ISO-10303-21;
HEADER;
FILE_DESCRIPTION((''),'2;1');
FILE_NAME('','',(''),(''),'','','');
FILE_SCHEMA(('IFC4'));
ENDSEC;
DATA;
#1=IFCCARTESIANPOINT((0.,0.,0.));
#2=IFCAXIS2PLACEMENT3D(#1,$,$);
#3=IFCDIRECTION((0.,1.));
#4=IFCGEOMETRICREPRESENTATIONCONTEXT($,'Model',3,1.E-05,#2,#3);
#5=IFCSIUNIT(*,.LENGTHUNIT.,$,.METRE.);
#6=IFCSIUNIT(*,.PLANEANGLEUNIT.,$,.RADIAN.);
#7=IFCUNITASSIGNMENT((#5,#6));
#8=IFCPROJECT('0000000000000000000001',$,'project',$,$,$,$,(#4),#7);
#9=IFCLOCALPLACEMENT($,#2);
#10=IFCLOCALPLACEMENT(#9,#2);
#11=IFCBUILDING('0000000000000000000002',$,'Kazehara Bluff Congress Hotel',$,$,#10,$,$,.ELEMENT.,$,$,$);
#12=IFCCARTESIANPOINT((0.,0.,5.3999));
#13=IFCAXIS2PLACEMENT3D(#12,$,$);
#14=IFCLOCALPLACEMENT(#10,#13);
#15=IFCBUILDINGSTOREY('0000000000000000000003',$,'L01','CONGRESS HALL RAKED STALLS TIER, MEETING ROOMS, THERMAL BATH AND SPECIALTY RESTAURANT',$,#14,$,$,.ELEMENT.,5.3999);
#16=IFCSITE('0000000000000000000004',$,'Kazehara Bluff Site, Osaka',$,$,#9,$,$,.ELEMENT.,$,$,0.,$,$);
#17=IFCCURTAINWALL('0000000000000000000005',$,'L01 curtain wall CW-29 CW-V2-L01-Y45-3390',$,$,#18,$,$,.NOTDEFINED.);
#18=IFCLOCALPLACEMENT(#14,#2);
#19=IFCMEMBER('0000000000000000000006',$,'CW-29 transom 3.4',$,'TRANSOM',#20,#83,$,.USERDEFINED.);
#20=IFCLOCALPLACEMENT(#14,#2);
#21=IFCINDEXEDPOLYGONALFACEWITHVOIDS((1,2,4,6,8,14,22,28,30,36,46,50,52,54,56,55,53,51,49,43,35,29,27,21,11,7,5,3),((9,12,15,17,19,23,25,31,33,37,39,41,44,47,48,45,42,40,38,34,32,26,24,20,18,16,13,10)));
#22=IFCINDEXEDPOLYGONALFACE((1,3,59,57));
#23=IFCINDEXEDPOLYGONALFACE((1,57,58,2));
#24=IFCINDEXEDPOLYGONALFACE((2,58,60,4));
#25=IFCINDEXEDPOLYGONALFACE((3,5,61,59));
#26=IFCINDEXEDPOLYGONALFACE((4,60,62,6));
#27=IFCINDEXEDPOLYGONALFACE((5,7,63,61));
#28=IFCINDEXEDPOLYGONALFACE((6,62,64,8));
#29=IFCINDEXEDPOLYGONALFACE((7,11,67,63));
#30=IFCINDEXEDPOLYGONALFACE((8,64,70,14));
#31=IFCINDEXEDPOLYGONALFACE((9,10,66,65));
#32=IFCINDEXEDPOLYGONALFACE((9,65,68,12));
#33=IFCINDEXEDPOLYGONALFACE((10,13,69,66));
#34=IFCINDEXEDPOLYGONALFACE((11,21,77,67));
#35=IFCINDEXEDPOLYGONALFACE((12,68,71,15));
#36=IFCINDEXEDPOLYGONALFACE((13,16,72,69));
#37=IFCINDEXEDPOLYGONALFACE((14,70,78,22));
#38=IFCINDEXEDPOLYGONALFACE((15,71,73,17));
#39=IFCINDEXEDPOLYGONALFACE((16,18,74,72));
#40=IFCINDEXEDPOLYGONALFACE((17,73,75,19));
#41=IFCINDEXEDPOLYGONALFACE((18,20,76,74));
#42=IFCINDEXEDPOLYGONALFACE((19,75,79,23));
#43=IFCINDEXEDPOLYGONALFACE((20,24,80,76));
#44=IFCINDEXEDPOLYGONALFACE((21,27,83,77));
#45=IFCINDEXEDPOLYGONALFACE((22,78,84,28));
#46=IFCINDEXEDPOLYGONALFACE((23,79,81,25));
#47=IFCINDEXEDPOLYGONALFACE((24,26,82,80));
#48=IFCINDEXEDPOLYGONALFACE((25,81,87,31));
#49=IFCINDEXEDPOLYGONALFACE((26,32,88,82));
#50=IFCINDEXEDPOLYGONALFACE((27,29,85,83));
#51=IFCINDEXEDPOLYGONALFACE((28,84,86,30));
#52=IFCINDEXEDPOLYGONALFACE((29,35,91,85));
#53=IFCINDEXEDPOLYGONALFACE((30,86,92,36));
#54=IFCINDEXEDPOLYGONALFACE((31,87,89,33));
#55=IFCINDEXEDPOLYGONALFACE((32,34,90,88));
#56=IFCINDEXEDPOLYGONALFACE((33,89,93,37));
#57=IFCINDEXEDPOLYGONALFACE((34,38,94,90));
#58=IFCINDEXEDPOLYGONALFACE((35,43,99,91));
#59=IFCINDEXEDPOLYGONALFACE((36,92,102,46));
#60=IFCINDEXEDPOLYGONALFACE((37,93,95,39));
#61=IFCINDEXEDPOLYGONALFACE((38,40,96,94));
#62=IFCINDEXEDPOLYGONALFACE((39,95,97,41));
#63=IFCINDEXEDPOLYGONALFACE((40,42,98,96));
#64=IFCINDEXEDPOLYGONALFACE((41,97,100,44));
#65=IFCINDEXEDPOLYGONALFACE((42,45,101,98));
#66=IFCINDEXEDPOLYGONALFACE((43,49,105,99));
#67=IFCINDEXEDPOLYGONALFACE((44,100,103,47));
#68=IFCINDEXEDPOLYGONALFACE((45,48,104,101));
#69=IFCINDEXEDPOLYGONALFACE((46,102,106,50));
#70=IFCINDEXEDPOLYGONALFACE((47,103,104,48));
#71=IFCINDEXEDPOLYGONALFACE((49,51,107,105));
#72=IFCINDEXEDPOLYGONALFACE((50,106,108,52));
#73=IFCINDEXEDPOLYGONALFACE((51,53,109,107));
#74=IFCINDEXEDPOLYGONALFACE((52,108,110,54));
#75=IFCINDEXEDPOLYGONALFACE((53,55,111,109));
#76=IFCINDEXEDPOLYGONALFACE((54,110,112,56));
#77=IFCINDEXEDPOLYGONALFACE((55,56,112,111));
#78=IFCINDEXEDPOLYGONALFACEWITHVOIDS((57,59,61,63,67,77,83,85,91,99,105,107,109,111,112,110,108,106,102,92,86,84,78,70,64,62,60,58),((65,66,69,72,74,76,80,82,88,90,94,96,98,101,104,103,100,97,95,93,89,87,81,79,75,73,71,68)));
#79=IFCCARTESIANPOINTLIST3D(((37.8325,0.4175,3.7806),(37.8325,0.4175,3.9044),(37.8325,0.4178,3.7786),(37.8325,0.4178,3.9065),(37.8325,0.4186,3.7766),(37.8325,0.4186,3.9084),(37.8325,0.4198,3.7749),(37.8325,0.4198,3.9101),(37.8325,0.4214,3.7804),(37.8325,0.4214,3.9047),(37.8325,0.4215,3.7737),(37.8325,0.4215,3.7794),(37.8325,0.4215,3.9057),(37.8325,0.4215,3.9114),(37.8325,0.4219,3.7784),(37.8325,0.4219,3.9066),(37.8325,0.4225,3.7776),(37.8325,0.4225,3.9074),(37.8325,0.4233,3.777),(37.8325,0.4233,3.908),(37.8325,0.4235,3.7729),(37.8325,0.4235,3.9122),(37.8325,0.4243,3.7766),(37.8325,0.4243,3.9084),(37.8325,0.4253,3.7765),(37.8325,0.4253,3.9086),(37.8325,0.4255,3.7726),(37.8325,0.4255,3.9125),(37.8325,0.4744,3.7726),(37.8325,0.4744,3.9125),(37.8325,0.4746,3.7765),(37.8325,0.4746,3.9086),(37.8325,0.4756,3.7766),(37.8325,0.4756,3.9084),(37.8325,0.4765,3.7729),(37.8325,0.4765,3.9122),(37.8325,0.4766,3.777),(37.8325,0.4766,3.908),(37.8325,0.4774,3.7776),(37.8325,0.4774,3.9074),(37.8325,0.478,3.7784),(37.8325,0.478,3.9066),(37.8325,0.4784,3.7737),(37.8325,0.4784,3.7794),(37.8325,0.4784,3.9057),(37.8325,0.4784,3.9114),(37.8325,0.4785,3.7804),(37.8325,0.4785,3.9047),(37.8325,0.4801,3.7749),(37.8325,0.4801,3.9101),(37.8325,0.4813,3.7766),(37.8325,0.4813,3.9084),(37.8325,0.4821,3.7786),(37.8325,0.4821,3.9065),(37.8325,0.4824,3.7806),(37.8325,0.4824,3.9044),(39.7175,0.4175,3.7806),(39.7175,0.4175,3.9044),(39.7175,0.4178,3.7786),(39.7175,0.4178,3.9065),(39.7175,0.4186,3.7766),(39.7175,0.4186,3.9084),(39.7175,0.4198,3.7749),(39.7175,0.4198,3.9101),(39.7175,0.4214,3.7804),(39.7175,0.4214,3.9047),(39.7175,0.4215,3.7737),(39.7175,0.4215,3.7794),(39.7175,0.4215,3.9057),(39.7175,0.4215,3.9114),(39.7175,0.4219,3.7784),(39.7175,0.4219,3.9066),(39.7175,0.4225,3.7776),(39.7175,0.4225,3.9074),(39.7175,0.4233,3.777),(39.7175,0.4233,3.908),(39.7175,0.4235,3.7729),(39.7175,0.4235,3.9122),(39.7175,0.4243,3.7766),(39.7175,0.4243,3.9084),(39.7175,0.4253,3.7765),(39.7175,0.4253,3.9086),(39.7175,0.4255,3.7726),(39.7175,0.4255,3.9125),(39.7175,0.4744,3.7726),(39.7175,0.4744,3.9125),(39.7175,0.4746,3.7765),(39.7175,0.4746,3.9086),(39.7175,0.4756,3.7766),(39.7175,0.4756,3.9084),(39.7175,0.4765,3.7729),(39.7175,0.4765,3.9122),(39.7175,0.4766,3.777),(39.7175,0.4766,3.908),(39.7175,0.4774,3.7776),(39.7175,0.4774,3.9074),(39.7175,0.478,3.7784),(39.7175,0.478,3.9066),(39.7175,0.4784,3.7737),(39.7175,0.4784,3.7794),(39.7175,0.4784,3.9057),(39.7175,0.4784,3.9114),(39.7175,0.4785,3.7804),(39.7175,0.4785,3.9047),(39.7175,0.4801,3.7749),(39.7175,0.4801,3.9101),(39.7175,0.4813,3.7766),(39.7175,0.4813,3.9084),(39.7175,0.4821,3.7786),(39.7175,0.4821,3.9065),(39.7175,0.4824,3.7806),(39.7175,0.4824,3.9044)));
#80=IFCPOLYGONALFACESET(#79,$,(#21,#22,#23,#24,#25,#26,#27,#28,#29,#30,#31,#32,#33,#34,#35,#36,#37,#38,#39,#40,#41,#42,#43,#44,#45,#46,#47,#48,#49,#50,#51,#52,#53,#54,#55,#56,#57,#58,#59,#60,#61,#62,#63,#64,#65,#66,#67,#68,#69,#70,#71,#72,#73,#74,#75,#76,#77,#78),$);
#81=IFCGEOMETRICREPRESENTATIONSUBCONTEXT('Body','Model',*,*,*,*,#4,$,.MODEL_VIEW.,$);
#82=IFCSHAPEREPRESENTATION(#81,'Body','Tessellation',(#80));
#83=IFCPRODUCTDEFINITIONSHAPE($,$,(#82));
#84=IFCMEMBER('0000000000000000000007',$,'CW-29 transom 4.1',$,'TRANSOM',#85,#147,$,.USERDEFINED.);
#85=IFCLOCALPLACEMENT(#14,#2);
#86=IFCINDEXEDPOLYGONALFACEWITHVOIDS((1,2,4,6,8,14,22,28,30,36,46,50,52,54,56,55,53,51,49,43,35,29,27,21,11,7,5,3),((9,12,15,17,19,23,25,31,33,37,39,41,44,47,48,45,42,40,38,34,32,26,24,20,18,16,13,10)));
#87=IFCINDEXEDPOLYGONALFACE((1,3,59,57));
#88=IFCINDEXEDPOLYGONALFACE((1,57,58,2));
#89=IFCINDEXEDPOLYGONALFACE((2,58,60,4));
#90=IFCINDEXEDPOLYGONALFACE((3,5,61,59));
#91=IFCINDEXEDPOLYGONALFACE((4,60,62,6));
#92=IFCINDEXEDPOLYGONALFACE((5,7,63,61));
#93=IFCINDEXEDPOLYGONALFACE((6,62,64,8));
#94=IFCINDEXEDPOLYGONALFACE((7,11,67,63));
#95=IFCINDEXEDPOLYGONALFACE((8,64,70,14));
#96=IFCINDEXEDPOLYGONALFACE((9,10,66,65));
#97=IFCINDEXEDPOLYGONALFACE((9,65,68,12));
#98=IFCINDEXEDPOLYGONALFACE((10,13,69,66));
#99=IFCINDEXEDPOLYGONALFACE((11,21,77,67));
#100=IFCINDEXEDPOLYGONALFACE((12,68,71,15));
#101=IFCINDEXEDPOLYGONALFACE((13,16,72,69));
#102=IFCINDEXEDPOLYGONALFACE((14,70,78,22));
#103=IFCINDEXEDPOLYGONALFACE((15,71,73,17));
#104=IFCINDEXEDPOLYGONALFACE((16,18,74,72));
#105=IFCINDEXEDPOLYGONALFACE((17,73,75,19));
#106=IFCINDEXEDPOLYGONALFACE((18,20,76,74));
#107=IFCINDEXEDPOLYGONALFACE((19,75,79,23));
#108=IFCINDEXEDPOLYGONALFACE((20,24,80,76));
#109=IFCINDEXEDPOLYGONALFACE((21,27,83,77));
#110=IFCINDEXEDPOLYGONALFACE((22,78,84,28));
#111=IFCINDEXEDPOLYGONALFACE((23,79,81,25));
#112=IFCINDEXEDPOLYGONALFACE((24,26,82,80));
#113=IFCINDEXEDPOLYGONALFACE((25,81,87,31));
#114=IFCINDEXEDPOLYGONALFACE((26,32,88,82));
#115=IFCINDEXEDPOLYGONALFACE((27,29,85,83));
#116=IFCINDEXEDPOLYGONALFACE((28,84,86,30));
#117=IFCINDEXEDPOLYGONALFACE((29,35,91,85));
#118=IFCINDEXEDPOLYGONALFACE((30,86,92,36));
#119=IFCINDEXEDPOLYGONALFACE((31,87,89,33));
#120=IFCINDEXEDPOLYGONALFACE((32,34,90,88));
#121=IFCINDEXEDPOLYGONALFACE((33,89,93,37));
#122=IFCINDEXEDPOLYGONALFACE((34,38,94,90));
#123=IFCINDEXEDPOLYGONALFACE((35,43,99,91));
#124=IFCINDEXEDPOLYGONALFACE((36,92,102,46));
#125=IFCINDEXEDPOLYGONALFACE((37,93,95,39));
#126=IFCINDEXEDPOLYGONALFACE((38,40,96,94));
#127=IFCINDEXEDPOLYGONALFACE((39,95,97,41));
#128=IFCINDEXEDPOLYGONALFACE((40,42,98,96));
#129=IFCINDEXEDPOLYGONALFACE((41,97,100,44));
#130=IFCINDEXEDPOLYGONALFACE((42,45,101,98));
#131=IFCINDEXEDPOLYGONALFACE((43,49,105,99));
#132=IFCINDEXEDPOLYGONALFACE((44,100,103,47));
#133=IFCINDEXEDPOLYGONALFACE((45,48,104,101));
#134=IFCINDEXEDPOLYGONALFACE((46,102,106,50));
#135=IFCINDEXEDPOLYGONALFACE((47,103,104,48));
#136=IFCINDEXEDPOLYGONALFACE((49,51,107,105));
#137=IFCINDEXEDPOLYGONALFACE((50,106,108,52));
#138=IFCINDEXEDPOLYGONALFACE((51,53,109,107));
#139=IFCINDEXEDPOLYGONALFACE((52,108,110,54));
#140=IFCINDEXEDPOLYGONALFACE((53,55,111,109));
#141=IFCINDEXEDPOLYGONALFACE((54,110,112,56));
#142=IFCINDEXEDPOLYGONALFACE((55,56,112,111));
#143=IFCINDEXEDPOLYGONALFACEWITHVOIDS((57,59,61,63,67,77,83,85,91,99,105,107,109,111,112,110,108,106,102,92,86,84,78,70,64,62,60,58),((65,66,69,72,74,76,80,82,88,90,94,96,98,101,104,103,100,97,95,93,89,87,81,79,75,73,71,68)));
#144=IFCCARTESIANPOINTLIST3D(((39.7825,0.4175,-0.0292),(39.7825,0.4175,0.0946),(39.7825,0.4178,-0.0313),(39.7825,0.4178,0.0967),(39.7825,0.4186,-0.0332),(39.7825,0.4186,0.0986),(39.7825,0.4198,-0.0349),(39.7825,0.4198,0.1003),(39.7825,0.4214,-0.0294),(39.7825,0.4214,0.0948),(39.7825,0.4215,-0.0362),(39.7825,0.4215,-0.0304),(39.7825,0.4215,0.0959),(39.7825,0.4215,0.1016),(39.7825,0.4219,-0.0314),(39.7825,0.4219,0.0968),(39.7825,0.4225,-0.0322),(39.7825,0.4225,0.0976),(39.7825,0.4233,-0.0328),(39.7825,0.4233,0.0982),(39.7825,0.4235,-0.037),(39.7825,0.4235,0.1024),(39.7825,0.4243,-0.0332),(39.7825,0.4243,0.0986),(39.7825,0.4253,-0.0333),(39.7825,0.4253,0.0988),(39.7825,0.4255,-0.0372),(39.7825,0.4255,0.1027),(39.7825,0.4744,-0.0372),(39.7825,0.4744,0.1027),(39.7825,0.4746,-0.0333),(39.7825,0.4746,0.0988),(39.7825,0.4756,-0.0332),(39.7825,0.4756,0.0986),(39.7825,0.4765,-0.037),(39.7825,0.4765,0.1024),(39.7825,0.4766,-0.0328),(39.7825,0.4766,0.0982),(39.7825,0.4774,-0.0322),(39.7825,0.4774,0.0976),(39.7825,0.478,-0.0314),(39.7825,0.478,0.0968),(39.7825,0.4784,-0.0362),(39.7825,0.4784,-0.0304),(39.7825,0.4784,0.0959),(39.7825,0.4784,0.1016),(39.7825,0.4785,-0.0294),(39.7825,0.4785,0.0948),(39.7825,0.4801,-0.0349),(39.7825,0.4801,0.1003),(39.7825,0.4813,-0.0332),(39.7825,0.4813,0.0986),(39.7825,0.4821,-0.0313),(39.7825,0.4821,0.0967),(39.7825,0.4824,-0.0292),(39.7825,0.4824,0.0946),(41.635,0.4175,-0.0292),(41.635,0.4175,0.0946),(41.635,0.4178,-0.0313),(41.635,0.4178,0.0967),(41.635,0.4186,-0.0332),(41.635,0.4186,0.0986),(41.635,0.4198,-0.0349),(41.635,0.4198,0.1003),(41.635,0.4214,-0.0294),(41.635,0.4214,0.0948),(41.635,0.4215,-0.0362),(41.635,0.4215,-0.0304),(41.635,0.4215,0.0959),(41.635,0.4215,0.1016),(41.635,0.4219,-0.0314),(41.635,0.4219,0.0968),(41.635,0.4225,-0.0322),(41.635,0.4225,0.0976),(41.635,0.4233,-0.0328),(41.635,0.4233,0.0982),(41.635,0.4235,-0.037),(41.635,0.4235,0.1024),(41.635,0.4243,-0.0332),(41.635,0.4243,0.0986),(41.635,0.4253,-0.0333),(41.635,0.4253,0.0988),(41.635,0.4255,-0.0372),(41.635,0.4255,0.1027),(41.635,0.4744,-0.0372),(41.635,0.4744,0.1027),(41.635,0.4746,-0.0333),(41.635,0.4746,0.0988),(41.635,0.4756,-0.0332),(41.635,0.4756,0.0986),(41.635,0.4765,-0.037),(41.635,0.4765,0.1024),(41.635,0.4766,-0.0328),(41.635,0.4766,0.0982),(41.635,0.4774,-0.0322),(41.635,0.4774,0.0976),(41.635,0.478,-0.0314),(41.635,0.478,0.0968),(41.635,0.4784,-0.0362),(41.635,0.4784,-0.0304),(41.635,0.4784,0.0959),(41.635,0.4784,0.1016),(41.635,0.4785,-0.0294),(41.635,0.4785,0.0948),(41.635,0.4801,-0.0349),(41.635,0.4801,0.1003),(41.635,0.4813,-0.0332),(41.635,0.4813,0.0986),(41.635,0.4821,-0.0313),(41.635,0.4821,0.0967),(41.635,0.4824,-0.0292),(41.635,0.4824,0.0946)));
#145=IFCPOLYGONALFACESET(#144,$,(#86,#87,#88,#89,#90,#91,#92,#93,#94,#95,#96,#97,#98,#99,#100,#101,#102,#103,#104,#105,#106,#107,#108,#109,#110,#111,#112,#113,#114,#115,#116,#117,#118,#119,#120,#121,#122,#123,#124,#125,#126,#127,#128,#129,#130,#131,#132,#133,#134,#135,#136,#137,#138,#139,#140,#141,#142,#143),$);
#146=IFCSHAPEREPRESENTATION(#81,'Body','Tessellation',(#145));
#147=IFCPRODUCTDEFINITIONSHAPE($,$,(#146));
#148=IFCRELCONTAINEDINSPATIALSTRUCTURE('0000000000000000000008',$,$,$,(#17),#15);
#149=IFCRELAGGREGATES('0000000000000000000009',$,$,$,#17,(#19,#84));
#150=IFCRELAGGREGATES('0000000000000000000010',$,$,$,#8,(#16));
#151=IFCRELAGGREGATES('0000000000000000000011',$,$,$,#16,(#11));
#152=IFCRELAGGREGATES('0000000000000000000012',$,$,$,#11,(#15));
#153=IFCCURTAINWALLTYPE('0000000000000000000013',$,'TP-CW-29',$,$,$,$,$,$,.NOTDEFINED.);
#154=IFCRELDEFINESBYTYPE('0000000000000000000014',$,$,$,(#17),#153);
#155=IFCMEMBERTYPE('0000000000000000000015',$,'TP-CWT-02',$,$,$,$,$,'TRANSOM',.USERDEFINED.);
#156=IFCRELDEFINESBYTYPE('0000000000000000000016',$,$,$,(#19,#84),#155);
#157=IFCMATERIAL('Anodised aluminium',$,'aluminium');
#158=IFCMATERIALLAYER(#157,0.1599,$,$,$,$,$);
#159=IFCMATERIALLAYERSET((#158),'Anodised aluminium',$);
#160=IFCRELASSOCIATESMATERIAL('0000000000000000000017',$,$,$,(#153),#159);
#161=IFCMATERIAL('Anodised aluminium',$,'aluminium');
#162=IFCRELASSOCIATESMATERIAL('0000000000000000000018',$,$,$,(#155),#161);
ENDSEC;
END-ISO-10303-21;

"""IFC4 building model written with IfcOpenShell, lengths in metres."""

from ifc_helpers import new_model, si_unit, direction, frame, origin, origin_2d, place, context, subcontext, project, spatial, hollow_rectangle, extrude, material, layer, layer_set, material_profile, profile_set, type_object, element, aggregate, save


model = new_model("IFC4")

# Units and contexts
model_context = context("Model", 3, precision=1e-05, world=origin(), true_north=direction((0.0, 1.0)))
body_context = subcontext(model_context, "Body", "Model", "MODEL_VIEW")
ifc_project = project(units=[si_unit("LENGTHUNIT", "METRE"), si_unit("PLANEANGLEUNIT", "RADIAN")], contexts=[model_context])

# Site, building, storey
site_placement = place(None, origin())
site = spatial("IfcSite", under=ifc_project, at=site_placement, Name="Kazehara Bluff Site, Osaka", CompositionType="ELEMENT", RefElevation=0.0)
building_placement = place(site_placement, origin())
building = spatial("IfcBuilding", under=site, at=building_placement, Name="Kazehara Bluff Congress Hotel", CompositionType="ELEMENT")
storey_placement = place(building_placement, frame((0.0, 0.0, 5.3999)))
storey = spatial("IfcBuildingStorey", under=building, at=storey_placement, Name="L01", Description="CONGRESS HALL RAKED STALLS TIER, MEETING ROOMS, THERMAL BATH AND SPECIALTY RESTAURANT", CompositionType="ELEMENT", Elevation=5.3999)

# Curtain wall, members
ifc_material_1 = material(Name="Anodised aluminium", Category="aluminium")
ifc_layer_1 = layer(ifc_material_1, 0.1599)
ifc_layer_set_1 = layer_set([ifc_layer_1], Name="Anodised aluminium")
curtain_wall_type = type_object("IfcCurtainWallType", Name="TP-CW-29", PredefinedType="NOTDEFINED", material=ifc_layer_set_1)
curtain_wall_placement = place(storey_placement, origin())
curtain_wall = element("IfcCurtainWall", 1, at=curtain_wall_placement, inside=storey, type_object=curtain_wall_type, Name="L01 curtain wall CW-29 CW-V2-L01-Y45-3390", PredefinedType="NOTDEFINED")
ifc_material_2 = material(Name="Anodised aluminium", Category="aluminium")
ifc_material_profile_1 = material_profile(ifc_material_2, hollow_rectangle(XDim=0.0649, YDim=0.1399, WallThickness=0.0039, InnerFilletRadius=0.0039, OuterFilletRadius=0.0081, at=origin_2d()))
ifc_profile_set_1 = profile_set([ifc_material_profile_1], Name="Anodised aluminium")
member_type_1 = type_object("IfcMemberType", Name="TP-CWT-02", ElementType="TRANSOM", PredefinedType="USERDEFINED", material=ifc_profile_set_1)
member_1_placement = place(storey_placement, frame((37.8325, 0.45, 3.8425), z_axis=(1.0, 0.0, 0.0), x_axis=(0.0, 1.0, 0.0)))
member_1 = element("IfcMember", 2, at=member_1_placement, type_object=member_type_1, Name="CW-29 transom 3.4", ObjectType="TRANSOM", PredefinedType="USERDEFINED", context=body_context, shape_type="SweptSolid", body=[
    extrude(hollow_rectangle(XDim=0.0649, YDim=0.1399, WallThickness=0.0039, InnerFilletRadius=0.0039, OuterFilletRadius=0.0081, at=origin_2d()), origin(), (0.0, 0.0, 1.0), 1.885),
])
member_2_placement = place(storey_placement, frame((39.7825, 0.45, 0.0327), z_axis=(1.0, 0.0, 0.0), x_axis=(0.0, 1.0, 0.0)))
member_2 = element("IfcMember", 3, at=member_2_placement, type_object=member_type_1, Name="CW-29 transom 4.1", ObjectType="TRANSOM", PredefinedType="USERDEFINED", context=body_context, shape_type="SweptSolid", body=[
    extrude(hollow_rectangle(XDim=0.0649, YDim=0.1399, WallThickness=0.0039, InnerFilletRadius=0.0039, OuterFilletRadius=0.0081, at=origin_2d()), origin(), (0.0, 0.0, 1.0), 1.8525),
])

aggregate(curtain_wall, [member_1, member_2])

save(model, "model.ifc")
